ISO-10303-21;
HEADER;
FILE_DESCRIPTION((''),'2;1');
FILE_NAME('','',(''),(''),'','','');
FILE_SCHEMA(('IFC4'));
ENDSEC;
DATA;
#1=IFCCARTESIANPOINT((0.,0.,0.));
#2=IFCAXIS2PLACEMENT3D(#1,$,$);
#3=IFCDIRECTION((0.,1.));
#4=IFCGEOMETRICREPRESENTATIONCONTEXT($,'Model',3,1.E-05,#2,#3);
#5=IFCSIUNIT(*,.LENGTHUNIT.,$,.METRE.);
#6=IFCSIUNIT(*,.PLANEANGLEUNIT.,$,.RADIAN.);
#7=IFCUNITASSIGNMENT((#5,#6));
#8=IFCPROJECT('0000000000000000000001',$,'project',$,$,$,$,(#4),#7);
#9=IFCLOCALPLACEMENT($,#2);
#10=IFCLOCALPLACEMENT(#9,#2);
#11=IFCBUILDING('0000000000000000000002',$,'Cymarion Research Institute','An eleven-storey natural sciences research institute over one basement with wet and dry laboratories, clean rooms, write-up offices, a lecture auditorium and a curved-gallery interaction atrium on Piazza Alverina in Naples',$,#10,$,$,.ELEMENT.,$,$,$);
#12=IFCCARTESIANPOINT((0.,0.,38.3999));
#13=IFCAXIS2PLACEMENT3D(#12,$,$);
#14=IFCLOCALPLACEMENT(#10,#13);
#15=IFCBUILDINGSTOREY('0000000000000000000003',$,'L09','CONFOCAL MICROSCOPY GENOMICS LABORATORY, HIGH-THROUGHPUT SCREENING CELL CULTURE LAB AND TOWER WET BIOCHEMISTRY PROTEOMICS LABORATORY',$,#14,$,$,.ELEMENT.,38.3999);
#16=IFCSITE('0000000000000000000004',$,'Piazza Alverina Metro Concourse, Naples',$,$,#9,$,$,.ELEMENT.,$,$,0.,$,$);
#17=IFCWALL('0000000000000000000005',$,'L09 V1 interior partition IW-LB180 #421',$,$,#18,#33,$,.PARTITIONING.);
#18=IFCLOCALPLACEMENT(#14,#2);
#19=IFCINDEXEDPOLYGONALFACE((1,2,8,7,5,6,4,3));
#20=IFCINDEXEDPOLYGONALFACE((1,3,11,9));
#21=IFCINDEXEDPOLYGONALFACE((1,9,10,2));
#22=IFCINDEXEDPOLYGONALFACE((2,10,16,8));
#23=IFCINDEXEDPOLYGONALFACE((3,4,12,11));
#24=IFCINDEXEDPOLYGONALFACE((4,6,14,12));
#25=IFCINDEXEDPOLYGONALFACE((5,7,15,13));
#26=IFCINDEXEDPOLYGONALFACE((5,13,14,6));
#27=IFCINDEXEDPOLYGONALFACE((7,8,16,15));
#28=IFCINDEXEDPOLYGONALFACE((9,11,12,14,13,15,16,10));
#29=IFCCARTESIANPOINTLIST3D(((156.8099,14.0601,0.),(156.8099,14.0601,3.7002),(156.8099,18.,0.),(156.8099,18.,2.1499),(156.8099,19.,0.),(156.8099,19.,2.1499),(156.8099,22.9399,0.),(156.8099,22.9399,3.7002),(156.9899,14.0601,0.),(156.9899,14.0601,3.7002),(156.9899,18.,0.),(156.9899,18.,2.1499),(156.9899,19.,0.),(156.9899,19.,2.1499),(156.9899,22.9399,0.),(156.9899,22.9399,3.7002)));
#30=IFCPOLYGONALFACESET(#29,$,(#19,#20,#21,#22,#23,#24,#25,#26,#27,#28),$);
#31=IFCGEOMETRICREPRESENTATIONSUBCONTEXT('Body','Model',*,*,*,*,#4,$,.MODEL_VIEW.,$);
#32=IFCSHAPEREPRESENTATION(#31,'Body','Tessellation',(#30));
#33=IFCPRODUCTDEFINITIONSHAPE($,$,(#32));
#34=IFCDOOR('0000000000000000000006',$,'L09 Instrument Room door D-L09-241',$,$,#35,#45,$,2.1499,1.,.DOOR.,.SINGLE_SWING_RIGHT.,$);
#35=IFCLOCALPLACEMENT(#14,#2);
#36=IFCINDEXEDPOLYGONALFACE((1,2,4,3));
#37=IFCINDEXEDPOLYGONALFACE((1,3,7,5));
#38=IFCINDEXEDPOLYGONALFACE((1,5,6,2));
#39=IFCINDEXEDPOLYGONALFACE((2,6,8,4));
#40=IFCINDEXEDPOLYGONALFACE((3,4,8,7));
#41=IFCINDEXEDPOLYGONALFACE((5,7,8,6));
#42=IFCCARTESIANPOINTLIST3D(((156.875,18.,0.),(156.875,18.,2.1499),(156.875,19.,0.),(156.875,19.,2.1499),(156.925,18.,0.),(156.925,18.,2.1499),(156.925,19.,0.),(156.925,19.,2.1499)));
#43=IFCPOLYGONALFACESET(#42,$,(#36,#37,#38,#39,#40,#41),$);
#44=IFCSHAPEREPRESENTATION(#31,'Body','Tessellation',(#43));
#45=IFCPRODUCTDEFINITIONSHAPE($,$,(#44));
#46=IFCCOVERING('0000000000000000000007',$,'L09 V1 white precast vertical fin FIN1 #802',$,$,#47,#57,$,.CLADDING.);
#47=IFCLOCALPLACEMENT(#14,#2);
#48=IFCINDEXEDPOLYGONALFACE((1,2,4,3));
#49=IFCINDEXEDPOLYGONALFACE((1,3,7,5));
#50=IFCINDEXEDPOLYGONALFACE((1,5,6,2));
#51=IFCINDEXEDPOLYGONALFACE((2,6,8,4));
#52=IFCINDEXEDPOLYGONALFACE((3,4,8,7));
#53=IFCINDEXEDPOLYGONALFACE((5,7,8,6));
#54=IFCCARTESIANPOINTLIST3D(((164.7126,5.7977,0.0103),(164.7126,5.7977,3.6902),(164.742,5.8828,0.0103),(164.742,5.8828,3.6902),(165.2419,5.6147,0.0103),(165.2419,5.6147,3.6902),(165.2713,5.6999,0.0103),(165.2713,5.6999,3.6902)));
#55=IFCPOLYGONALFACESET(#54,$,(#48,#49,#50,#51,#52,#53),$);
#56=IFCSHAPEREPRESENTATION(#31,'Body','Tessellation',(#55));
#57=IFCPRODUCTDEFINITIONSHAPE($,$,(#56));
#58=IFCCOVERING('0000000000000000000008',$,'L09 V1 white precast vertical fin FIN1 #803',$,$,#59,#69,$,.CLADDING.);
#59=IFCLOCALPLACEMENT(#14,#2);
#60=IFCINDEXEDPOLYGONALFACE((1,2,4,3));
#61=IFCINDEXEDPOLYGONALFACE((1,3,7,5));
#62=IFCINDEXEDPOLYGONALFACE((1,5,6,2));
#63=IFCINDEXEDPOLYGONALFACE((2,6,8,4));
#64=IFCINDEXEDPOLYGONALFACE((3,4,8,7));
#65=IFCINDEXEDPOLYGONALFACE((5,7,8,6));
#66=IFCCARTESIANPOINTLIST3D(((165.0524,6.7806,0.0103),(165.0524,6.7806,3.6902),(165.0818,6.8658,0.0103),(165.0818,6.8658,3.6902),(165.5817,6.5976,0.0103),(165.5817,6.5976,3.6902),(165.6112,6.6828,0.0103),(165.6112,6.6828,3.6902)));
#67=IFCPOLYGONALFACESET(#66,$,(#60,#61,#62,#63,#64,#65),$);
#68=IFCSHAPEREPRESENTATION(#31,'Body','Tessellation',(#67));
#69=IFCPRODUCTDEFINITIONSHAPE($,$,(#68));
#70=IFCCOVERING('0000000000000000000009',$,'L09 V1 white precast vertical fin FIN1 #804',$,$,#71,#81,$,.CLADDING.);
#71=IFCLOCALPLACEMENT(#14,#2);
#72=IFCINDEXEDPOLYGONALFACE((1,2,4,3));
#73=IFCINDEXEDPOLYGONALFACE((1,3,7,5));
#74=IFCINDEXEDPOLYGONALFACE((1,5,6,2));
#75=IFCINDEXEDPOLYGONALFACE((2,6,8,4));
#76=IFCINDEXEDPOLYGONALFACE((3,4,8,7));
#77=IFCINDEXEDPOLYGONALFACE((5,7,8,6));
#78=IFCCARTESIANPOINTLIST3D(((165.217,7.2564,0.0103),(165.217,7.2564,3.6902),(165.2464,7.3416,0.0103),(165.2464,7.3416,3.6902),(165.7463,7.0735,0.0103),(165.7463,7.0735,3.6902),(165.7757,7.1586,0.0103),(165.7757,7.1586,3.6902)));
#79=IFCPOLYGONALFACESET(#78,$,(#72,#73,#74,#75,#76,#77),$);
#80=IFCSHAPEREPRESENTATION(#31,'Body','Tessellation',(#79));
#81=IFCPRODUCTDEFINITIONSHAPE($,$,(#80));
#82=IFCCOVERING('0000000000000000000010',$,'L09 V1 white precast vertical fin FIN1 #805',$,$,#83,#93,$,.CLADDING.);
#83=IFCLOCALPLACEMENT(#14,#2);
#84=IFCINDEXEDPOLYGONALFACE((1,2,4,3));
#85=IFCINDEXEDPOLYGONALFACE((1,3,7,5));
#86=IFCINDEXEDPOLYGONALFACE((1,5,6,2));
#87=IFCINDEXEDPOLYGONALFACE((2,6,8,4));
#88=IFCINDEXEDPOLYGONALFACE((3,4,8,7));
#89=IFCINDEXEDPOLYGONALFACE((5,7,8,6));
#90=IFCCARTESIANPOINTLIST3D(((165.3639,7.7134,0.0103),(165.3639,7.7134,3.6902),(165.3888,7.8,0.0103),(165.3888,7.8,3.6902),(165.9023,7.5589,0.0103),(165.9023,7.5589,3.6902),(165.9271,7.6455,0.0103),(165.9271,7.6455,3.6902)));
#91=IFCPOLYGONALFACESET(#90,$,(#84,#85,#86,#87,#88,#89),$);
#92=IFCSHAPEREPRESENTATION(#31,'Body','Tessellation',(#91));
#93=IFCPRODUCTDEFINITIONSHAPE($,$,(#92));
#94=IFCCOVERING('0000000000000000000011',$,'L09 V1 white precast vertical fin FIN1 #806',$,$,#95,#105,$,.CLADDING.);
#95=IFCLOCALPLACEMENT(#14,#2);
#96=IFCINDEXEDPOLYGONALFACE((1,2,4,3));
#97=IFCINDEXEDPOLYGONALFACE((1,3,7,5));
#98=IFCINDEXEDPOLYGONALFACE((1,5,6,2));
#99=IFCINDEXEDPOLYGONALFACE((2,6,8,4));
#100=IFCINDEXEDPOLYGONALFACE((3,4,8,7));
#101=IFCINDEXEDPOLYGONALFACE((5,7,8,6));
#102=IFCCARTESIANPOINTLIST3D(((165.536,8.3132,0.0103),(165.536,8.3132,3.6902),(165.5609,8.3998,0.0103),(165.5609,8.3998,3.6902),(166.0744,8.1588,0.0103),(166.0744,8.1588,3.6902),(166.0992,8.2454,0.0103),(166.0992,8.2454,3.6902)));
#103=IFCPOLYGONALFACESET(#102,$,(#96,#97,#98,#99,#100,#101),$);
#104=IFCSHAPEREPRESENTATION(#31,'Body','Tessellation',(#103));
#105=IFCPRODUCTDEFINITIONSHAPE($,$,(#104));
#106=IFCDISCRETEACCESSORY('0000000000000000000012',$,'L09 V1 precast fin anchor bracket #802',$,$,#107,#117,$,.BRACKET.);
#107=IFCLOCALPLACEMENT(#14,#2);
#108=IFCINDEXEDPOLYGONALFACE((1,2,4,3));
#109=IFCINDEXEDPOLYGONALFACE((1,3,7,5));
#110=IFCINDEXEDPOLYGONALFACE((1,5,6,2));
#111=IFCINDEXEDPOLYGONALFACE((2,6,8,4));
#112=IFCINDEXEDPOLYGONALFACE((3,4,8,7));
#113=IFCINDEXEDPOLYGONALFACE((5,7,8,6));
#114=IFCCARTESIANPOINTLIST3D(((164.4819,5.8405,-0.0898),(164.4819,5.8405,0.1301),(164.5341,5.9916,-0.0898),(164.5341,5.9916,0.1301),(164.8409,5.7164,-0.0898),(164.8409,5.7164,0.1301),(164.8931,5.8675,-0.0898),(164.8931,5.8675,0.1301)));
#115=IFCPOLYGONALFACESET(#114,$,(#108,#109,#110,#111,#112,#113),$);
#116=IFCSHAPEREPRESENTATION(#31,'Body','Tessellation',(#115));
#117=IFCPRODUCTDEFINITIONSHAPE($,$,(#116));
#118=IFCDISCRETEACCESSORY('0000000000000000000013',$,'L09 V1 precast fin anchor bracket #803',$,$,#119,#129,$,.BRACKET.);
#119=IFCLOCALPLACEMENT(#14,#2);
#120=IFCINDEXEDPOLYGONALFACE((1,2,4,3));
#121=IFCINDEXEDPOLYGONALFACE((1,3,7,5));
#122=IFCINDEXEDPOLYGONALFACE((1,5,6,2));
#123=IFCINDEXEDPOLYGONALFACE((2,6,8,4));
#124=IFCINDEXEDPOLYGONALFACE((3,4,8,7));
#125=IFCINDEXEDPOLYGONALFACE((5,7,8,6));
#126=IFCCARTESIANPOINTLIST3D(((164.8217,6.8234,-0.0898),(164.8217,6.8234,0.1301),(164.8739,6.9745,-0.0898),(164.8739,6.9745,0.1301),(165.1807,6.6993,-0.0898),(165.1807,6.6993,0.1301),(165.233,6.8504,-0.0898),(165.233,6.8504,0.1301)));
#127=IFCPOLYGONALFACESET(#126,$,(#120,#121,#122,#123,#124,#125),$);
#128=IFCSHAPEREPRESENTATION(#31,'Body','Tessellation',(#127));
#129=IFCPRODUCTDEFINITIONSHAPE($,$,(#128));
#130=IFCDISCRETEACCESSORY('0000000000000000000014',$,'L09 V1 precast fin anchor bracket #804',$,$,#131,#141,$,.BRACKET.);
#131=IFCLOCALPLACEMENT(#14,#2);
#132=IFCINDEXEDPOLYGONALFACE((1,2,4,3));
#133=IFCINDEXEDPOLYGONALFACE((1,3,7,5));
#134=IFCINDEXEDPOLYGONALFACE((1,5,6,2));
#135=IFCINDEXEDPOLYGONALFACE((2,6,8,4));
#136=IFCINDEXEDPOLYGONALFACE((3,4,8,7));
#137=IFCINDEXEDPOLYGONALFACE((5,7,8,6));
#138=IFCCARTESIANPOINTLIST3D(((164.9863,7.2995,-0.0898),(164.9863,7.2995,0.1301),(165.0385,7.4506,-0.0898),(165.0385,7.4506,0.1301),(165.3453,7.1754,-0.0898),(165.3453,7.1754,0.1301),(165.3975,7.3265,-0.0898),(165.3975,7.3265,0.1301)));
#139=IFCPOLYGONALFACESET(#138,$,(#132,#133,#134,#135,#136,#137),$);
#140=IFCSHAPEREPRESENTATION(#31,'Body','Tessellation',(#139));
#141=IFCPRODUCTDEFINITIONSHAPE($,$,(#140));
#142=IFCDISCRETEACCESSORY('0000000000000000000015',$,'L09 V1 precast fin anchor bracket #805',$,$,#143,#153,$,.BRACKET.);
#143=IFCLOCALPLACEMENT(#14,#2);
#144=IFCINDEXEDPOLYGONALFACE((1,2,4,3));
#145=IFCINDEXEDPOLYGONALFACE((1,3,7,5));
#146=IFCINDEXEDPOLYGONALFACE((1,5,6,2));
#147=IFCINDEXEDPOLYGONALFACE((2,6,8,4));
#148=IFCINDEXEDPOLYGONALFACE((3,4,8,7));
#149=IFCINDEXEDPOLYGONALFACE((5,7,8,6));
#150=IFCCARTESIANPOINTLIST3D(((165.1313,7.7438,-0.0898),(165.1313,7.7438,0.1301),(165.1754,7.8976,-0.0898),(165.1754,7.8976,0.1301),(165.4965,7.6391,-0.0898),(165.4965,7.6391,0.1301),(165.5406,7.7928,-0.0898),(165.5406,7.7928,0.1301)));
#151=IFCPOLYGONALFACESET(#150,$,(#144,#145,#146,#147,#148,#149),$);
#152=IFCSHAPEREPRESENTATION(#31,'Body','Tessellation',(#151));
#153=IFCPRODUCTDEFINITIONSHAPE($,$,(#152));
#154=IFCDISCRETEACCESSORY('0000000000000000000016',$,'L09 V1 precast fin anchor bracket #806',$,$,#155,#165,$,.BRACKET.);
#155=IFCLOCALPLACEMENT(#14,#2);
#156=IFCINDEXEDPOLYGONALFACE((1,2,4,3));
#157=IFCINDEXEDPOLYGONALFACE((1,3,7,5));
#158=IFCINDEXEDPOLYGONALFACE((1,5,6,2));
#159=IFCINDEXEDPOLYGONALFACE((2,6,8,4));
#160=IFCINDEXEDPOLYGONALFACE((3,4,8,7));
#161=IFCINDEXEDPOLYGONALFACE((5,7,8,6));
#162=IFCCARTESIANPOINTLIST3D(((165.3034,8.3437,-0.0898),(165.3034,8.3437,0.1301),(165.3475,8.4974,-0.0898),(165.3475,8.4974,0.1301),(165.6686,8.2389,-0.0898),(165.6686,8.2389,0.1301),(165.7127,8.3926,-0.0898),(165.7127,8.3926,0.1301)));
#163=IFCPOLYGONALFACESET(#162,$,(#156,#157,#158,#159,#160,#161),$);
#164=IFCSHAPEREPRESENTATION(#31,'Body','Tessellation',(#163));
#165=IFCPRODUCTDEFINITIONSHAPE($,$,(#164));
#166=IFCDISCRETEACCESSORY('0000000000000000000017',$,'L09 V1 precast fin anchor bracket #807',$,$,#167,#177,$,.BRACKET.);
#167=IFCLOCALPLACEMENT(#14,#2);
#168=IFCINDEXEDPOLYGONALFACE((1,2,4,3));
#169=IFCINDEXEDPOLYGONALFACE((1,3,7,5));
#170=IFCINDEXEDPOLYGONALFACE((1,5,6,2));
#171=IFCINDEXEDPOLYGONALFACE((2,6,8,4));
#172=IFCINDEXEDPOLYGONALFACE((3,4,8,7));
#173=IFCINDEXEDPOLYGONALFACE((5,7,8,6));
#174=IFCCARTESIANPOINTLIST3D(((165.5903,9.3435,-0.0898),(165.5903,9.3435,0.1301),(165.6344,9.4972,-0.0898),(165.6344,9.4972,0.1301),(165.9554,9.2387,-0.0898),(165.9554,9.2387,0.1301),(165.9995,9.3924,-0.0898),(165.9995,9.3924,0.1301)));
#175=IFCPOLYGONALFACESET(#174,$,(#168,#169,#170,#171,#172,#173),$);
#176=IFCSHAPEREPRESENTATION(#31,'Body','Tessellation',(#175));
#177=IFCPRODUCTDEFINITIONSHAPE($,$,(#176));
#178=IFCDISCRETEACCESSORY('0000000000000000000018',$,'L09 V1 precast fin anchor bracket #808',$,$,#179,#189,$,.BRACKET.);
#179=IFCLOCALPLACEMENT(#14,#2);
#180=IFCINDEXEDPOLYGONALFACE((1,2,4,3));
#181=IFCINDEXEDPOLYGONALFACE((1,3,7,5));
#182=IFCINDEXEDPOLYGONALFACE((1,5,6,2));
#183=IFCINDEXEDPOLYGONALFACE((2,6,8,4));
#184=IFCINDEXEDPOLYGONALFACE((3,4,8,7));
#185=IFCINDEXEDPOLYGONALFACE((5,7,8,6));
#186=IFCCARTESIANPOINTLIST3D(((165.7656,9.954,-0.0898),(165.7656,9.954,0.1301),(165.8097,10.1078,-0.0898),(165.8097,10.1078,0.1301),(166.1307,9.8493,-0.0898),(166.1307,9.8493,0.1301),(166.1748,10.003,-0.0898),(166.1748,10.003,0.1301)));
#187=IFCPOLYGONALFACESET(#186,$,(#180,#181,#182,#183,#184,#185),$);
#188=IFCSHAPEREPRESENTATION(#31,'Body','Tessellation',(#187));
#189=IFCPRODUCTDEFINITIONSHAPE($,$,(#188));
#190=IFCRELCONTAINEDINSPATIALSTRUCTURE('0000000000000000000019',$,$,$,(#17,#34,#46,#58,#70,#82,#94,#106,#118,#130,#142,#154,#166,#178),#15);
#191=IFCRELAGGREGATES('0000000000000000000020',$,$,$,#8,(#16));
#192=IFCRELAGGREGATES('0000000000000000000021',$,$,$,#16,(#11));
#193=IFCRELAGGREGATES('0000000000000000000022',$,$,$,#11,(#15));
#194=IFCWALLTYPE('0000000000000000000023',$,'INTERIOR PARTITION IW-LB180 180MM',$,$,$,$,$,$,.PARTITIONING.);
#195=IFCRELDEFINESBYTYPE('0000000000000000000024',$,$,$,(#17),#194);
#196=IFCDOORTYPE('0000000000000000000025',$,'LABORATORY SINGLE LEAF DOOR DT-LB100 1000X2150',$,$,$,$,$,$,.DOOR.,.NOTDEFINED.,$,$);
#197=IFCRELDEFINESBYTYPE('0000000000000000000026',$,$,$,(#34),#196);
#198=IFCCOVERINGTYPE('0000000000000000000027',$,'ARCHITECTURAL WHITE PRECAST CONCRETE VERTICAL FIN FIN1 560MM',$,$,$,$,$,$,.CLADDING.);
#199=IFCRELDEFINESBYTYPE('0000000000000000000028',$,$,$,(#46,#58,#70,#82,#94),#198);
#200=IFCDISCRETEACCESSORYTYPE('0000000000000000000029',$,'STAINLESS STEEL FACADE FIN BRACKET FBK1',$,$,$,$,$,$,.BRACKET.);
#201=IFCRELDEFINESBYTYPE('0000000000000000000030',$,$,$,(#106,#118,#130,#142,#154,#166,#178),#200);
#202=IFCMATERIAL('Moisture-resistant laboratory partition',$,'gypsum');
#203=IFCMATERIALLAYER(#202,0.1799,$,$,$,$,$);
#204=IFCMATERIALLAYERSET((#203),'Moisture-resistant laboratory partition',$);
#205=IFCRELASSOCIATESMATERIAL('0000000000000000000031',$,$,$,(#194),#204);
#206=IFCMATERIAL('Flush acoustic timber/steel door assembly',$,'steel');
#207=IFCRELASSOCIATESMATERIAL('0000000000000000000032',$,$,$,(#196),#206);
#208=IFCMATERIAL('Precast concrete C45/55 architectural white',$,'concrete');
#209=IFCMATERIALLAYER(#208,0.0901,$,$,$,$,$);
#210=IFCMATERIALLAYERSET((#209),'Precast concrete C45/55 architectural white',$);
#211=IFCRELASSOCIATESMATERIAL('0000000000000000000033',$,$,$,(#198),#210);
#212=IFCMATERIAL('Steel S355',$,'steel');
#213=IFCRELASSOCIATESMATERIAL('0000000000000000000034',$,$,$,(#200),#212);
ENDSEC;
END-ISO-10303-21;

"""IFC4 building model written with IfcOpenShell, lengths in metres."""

from ifc_helpers import new_model, si_unit, direction, frame, frame_2d, origin, origin_2d, place, context, subcontext, project, spatial, rectangle, extrude, material, layer, layer_set, type_object, element, fill, save


model = new_model("IFC4")

# Units and contexts
model_context = context("Model", 3, precision=1e-05, world=origin(), true_north=direction((0.0, 1.0)))
body_context = subcontext(model_context, "Body", "Model", "MODEL_VIEW")
ifc_project = project(units=[si_unit("LENGTHUNIT", "METRE"), si_unit("PLANEANGLEUNIT", "RADIAN")], contexts=[model_context])

# Site, building, storey
site_placement = place(None, origin())
site = spatial("IfcSite", under=ifc_project, at=site_placement, Name="Piazza Alverina Metro Concourse, Naples", CompositionType="ELEMENT", RefElevation=0.0)
building_placement = place(site_placement, origin())
building = spatial("IfcBuilding", under=site, at=building_placement, Name="Cymarion Research Institute", Description="An eleven-storey natural sciences research institute over one basement with wet and dry laboratories, clean rooms, write-up offices, a lecture auditorium and a curved-gallery interaction atrium on Piazza Alverina in Naples", CompositionType="ELEMENT")
storey_placement = place(building_placement, frame((0.0, 0.0, 38.3999)))
storey = spatial("IfcBuildingStorey", under=building, at=storey_placement, Name="L09", Description="CONFOCAL MICROSCOPY GENOMICS LABORATORY, HIGH-THROUGHPUT SCREENING CELL CULTURE LAB AND TOWER WET BIOCHEMISTRY PROTEOMICS LABORATORY", CompositionType="ELEMENT", Elevation=38.3999)

# Shared definitions
ifc_material_1 = material(Name="Steel S355", Category="steel")

# Wall, opening, door
ifc_material_2 = material(Name="Moisture-resistant laboratory partition", Category="gypsum")
ifc_layer_1 = layer(ifc_material_2, 0.1799)
ifc_layer_set_1 = layer_set([ifc_layer_1], Name="Moisture-resistant laboratory partition")
wall_type_1 = type_object("IfcWallType", Name="INTERIOR PARTITION IW-LB180 180MM", PredefinedType="PARTITIONING", material=ifc_layer_set_1)
ifc_material_3 = material(Name="Flush acoustic timber/steel door assembly", Category="steel")
wall_1_placement = place(storey_placement, frame((156.8999, 14.0601, 0.0), z_axis=(0.0, 0.0, 1.0), x_axis=(0.0, 1.0, 0.0)))
wall_1 = element("IfcWall", 1, at=wall_1_placement, inside=storey, type_object=wall_type_1, Name="L09 V1 interior partition IW-LB180 #421", PredefinedType="PARTITIONING", context=body_context, shape_type="SweptSolid", body=[
    extrude(rectangle(XDim=8.8799, YDim=0.1799, at=frame_2d((4.4399, 0.0))), origin(), (0.0, 0.0, 1.0), 3.7002),
])
opening_1_placement = place(wall_1_placement, frame((3.9399, 0.0, 0.0)))
opening_1 = element("IfcOpeningElement", 2, at=opening_1_placement, cuts=wall_1, PredefinedType="OPENING", context=body_context, shape_type="SweptSolid", body=[
    extrude(rectangle(XDim=1.0, YDim=2.1499, at=frame_2d((0.5, 1.075))), frame((0.0, 0.0999, 0.0), z_axis=(0.0, -1.0, 0.0), x_axis=(1.0, 0.0, 0.0)), (0.0, 0.0, 1.0), 0.2),
])
door_type_1 = type_object("IfcDoorType", Name="LABORATORY SINGLE LEAF DOOR DT-LB100 1000X2150", OperationType="NOTDEFINED", PredefinedType="DOOR", material=ifc_material_3)
door_1_placement = place(opening_1_placement, origin())
door_1 = element("IfcDoor", 3, at=door_1_placement, inside=storey, type_object=door_type_1, Name="L09 Instrument Room door D-L09-241", OperationType="SINGLE_SWING_RIGHT", OverallHeight=2.1499, OverallWidth=1.0, PredefinedType="DOOR", context=body_context, shape_type="SweptSolid", body=[
    extrude(rectangle(XDim=1.0, YDim=2.1499, at=frame_2d((0.5, 1.075))), frame((0.0, 0.0249, 0.0), z_axis=(0.0, -1.0, 0.0), x_axis=(1.0, 0.0, 0.0)), (0.0, 0.0, 1.0), 0.05),
])
fill(opening_1, door_1)

# Coverings
ifc_material_4 = material(Name="Precast concrete C45/55 architectural white", Category="concrete")
ifc_layer_2 = layer(ifc_material_4, 0.0901)
ifc_layer_set_2 = layer_set([ifc_layer_2], Name="Precast concrete C45/55 architectural white")
covering_type = type_object("IfcCoveringType", Name="ARCHITECTURAL WHITE PRECAST CONCRETE VERTICAL FIN FIN1 560MM", PredefinedType="CLADDING", material=ifc_layer_set_2)
for number, where, z_axis, x_axis, name in (
    (4, (164.9919, 5.7488, 0.0103), (0.0, 0.0, 1.0), (0.94512, -0.326723, 0.0), "L09 V1 white precast vertical fin FIN1 #802"),
    (5, (165.3318, 6.7317, 0.0103), (0.0, 0.0, 1.0), (0.94512, -0.326723, 0.0), "L09 V1 white precast vertical fin FIN1 #803"),
    (6, (165.4963, 7.2075, 0.0103), (0.0, 0.0, 1.0), (0.94512, -0.326723, 0.0), "L09 V1 white precast vertical fin FIN1 #804"),
    (7, (165.6455, 7.6794, 0.0103), (0.0, 0.0, 1.0), (0.961214, -0.275805, 0.0), "L09 V1 white precast vertical fin FIN1 #805"),
    (8, (165.8176, 8.2793, 0.0103), (0.0, 0.0, 1.0), (0.961214, -0.275805, 0.0), "L09 V1 white precast vertical fin FIN1 #806"),
):
    element("IfcCovering", number, at=place(storey_placement, frame(where, z_axis=z_axis, x_axis=x_axis)), inside=storey, type_object=covering_type, Name=name, PredefinedType="CLADDING", context=body_context, shape_type="SweptSolid", body=[
        extrude(rectangle(XDim=0.5601, YDim=0.0901, at=origin_2d()), origin(), (0.0, 0.0, 1.0), 3.6799),
    ])

# Discrete accessories
discrete_accessory_type = type_object("IfcDiscreteAccessoryType", Name="STAINLESS STEEL FACADE FIN BRACKET FBK1", PredefinedType="BRACKET", material=ifc_material_1)
for number, where, z_axis, x_axis, name in (
    (9, (164.6875, 5.854, -0.0898), (0.0, 0.0, 1.0), (0.94512, -0.326723, 0.0), "L09 V1 precast fin anchor bracket #802"),
    (10, (165.0273, 6.8369, -0.0898), (0.0, 0.0, 1.0), (0.94512, -0.326723, 0.0), "L09 V1 precast fin anchor bracket #803"),
    (11, (165.1919, 7.313, -0.0898), (0.0, 0.0, 1.0), (0.94512, -0.326723, 0.0), "L09 V1 precast fin anchor bracket #804"),
    (12, (165.3359, 7.7683, -0.0898), (0.0, 0.0, 1.0), (0.961214, -0.275805, 0.0), "L09 V1 precast fin anchor bracket #805"),
    (13, (165.5081, 8.3682, -0.0898), (0.0, 0.0, 1.0), (0.961214, -0.275805, 0.0), "L09 V1 precast fin anchor bracket #806"),
    (14, (165.7949, 9.3679, -0.0898), (0.0, 0.0, 1.0), (0.961214, -0.275805, 0.0), "L09 V1 precast fin anchor bracket #807"),
    (15, (165.9702, 9.9785, -0.0898), (0.0, 0.0, 1.0), (0.961214, -0.275805, 0.0), "L09 V1 precast fin anchor bracket #808"),
):
    element("IfcDiscreteAccessory", number, at=place(storey_placement, frame(where, z_axis=z_axis, x_axis=x_axis)), inside=storey, type_object=discrete_accessory_type, Name=name, PredefinedType="BRACKET", context=body_context, shape_type="SweptSolid", body=[
        extrude(rectangle(XDim=0.3799, YDim=0.1599, at=origin_2d()), origin(), (0.0, 0.0, 1.0), 0.22),
    ])

save(model, "model.ifc")
